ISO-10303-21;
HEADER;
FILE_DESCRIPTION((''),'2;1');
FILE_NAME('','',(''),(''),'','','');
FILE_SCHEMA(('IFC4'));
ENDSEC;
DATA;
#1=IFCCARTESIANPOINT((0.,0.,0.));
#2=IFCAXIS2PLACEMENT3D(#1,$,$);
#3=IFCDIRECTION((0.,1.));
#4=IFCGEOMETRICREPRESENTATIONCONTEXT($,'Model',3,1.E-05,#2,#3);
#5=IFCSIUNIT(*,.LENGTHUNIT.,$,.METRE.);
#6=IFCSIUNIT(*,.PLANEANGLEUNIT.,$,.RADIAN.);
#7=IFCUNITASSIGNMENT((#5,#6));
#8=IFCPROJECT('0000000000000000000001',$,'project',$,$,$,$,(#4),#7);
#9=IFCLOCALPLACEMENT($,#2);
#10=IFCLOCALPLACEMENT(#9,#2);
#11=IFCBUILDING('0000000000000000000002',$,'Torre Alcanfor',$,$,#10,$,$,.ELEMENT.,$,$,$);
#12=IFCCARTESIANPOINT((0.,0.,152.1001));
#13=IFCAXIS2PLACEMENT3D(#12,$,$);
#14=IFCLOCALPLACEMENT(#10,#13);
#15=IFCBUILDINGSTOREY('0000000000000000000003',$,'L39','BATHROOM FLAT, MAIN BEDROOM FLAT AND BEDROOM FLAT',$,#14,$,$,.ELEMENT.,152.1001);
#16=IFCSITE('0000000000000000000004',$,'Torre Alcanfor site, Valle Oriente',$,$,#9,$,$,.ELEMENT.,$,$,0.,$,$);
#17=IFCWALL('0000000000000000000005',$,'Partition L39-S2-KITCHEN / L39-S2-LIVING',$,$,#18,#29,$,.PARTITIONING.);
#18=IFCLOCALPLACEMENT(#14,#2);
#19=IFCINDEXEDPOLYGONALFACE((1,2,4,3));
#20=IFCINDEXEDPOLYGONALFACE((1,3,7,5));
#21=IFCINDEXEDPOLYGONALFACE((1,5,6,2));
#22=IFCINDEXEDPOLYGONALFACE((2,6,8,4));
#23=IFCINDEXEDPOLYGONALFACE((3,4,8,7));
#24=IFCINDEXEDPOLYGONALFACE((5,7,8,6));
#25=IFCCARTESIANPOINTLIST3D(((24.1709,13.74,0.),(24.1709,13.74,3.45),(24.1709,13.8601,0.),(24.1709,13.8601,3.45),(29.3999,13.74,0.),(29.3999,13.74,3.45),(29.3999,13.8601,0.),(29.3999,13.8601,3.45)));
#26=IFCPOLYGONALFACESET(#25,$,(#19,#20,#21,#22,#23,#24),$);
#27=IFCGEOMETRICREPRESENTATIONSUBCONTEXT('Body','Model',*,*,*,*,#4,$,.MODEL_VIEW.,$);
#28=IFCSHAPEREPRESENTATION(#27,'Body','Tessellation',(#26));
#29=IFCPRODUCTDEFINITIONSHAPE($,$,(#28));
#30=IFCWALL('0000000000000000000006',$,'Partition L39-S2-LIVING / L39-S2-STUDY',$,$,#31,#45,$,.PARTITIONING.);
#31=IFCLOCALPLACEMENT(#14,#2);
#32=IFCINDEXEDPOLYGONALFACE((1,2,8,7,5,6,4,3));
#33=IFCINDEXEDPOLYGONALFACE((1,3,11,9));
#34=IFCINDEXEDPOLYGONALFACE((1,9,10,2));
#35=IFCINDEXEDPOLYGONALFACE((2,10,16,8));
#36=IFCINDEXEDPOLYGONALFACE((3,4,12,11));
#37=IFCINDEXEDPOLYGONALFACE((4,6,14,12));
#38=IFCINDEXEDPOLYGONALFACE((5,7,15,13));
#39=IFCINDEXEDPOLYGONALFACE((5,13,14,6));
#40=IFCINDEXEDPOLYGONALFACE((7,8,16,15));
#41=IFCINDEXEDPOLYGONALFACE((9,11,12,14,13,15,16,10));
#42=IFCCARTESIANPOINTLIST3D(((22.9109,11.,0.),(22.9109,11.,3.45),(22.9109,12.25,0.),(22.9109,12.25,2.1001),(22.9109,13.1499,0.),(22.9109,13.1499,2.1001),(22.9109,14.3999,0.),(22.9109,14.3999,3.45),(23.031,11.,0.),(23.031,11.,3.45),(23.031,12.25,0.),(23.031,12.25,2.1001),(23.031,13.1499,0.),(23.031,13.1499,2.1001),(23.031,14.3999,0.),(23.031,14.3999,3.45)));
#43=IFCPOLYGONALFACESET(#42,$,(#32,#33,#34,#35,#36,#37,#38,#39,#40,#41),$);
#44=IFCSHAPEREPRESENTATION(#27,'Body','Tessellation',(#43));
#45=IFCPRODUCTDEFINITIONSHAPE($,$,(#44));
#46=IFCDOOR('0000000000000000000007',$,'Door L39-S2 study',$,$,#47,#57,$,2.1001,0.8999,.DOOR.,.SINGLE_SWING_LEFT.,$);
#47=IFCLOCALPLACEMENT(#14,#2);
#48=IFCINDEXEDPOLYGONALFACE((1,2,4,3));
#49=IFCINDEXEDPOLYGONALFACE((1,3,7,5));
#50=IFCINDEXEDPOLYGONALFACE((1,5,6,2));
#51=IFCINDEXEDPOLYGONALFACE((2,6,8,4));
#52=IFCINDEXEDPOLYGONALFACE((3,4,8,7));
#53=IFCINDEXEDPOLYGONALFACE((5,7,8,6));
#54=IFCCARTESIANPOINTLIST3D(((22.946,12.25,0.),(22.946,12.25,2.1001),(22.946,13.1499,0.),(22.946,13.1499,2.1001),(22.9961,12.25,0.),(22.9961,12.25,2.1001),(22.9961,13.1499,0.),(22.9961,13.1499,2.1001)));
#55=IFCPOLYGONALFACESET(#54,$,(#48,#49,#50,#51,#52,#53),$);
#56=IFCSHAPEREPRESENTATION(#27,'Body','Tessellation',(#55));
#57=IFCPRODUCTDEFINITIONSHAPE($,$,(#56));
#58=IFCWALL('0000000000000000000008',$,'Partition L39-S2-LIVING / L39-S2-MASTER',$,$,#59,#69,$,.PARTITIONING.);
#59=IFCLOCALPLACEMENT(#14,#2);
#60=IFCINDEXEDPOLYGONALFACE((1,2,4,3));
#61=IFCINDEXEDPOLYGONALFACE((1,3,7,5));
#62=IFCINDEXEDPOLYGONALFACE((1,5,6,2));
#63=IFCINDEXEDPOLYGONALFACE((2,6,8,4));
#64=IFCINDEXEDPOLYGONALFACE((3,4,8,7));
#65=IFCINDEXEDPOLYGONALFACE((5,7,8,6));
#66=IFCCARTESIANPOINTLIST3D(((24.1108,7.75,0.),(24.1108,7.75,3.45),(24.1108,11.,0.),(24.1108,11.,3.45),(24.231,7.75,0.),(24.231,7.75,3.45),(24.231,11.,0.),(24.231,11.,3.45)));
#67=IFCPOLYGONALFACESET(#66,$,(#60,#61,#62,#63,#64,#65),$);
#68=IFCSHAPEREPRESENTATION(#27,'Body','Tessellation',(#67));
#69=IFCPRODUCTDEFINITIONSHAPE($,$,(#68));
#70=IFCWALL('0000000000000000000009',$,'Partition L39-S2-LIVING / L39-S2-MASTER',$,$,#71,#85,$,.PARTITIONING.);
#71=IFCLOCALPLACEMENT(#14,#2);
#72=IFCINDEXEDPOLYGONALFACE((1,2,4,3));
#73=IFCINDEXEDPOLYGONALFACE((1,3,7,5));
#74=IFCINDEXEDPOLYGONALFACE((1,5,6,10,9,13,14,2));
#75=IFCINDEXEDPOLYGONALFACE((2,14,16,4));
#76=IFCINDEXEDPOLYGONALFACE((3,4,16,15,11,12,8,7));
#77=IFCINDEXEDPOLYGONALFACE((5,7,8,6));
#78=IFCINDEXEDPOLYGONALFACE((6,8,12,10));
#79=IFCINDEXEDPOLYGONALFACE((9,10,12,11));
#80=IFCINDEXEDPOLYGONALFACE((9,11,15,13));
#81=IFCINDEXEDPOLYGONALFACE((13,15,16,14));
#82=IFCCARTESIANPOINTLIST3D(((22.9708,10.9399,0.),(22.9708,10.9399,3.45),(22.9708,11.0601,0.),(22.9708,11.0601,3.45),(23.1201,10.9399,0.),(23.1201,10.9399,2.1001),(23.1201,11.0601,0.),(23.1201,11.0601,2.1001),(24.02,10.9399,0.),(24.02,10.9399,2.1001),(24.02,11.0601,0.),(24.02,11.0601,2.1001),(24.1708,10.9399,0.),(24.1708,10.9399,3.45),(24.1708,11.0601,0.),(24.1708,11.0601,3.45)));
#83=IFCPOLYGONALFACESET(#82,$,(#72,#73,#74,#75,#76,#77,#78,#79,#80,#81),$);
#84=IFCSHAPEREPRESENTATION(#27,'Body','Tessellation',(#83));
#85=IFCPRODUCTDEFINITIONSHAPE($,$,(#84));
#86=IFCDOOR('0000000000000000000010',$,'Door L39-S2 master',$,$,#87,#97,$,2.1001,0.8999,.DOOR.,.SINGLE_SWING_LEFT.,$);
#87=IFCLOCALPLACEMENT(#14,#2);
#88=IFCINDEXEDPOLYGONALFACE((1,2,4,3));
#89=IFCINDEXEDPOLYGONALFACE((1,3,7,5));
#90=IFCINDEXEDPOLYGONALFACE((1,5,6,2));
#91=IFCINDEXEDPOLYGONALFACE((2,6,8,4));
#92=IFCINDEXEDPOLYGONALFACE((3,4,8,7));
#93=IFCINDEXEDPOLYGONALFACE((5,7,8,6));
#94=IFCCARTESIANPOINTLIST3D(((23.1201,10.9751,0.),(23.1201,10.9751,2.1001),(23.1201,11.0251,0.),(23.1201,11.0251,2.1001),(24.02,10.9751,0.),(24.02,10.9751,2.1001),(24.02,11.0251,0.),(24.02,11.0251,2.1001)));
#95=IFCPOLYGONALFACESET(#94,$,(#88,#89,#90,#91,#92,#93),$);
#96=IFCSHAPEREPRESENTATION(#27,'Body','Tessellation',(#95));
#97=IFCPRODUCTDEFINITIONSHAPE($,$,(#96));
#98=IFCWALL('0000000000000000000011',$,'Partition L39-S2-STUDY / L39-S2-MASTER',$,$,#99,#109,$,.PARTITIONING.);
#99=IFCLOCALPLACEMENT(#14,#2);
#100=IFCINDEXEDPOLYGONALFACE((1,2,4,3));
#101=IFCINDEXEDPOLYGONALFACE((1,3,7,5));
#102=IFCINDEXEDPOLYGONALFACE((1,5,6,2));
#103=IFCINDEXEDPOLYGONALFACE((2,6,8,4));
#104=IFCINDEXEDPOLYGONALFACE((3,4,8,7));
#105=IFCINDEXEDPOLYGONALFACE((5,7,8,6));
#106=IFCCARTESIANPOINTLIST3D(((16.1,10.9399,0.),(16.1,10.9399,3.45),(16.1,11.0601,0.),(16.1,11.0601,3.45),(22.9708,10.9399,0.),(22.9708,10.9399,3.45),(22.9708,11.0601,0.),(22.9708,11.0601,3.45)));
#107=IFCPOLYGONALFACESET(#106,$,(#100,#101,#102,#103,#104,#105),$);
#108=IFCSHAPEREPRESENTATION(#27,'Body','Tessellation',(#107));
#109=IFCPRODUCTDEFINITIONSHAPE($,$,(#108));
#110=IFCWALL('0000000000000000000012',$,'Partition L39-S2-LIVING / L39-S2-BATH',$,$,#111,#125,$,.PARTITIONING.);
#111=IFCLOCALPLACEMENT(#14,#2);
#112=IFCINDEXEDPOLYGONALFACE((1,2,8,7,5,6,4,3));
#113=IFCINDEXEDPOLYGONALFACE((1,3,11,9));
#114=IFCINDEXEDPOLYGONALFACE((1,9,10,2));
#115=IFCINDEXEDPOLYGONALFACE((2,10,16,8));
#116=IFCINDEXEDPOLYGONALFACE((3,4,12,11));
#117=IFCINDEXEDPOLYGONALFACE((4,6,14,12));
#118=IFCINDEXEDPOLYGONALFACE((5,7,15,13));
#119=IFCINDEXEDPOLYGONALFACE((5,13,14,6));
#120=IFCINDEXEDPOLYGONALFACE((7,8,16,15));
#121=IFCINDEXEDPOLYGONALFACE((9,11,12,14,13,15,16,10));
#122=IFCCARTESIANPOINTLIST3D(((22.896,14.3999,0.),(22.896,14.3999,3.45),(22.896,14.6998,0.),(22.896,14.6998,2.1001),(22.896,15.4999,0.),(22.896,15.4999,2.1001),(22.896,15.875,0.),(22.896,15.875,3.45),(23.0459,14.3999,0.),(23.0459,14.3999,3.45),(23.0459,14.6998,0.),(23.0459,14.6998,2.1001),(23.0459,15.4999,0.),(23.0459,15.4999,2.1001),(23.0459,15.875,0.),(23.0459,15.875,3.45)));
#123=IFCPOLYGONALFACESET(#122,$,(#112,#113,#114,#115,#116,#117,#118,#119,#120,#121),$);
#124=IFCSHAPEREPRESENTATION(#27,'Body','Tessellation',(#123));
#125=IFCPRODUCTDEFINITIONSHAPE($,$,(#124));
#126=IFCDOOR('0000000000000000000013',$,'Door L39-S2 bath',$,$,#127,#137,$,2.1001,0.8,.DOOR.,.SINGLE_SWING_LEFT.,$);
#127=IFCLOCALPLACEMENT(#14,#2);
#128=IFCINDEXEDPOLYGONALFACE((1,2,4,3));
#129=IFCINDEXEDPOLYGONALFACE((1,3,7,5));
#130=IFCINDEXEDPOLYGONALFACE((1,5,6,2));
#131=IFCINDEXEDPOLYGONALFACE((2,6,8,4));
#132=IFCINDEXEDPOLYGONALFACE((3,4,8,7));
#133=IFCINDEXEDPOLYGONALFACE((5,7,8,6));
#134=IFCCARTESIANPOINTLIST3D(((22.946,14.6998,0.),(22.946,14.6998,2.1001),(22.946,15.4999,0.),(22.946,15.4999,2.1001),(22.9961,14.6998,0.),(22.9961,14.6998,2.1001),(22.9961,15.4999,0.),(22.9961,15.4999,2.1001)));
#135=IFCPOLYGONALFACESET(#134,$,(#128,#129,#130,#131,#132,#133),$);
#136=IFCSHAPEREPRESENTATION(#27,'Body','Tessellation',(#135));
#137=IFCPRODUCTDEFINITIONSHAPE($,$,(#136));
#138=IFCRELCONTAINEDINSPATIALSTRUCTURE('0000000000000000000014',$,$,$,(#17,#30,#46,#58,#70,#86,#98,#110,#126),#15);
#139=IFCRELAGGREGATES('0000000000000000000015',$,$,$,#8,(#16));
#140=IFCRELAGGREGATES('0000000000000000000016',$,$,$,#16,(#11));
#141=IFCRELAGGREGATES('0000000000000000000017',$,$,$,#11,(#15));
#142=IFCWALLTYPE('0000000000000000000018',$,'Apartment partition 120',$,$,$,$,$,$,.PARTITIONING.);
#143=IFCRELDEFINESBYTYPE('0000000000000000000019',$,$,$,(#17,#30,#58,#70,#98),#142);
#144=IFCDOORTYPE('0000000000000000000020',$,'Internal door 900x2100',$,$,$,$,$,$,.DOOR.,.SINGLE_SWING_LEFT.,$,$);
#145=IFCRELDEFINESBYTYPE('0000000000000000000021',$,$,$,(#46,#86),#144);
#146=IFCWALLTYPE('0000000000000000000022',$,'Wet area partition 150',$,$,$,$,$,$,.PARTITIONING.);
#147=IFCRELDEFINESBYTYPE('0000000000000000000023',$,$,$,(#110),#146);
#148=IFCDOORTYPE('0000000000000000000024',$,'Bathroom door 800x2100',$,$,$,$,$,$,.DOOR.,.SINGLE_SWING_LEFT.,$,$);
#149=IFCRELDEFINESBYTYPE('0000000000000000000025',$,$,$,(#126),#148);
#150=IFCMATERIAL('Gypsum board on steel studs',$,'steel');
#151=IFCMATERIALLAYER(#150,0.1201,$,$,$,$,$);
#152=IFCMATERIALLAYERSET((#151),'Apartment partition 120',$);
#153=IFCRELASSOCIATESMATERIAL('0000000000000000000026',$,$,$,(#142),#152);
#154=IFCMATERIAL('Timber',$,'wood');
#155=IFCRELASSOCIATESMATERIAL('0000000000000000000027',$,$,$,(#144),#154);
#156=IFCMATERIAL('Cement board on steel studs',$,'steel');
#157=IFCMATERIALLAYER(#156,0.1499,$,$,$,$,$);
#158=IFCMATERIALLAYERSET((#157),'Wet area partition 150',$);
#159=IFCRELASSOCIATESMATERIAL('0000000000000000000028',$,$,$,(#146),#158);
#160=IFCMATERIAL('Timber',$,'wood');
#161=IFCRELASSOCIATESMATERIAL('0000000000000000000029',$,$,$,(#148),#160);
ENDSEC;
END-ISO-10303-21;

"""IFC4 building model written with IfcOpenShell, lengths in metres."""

from ifc_helpers import new_model, si_unit, direction, frame, frame_2d, origin, place, context, subcontext, project, spatial, rectangle, extrude, material, layer, layer_set, type_object, element, fill, save


model = new_model("IFC4")

# Units and contexts
model_context = context("Model", 3, precision=1e-05, world=origin(), true_north=direction((0.0, 1.0)))
body_context = subcontext(model_context, "Body", "Model", "MODEL_VIEW")
ifc_project = project(units=[si_unit("LENGTHUNIT", "METRE"), si_unit("PLANEANGLEUNIT", "RADIAN")], contexts=[model_context])

# Site, building, storey
site_placement = place(None, origin())
site = spatial("IfcSite", under=ifc_project, at=site_placement, Name="Torre Alcanfor site, Valle Oriente", CompositionType="ELEMENT", RefElevation=0.0)
building_placement = place(site_placement, origin())
building = spatial("IfcBuilding", under=site, at=building_placement, Name="Torre Alcanfor", CompositionType="ELEMENT")
storey_placement = place(building_placement, frame((0.0, 0.0, 152.1001)))
storey = spatial("IfcBuildingStorey", under=building, at=storey_placement, Name="L39", Description="BATHROOM FLAT, MAIN BEDROOM FLAT AND BEDROOM FLAT", CompositionType="ELEMENT", Elevation=152.1001)

# Shared definitions
ifc_material_1 = material(Name="Gypsum board on steel studs", Category="steel")
ifc_layer_1 = layer(ifc_material_1, 0.1201)
ifc_layer_set_1 = layer_set([ifc_layer_1], Name="Apartment partition 120")
wall_type_1 = type_object("IfcWallType", Name="Apartment partition 120", PredefinedType="PARTITIONING", material=ifc_layer_set_1)
ifc_material_2 = material(Name="Timber", Category="wood")
door_type_1 = type_object("IfcDoorType", Name="Internal door 900x2100", OperationType="SINGLE_SWING_LEFT", PredefinedType="DOOR", material=ifc_material_2)

# Wall
wall_1_placement = place(storey_placement, frame((24.1709, 13.8, 0.0), z_axis=(0.0, 0.0, 1.0), x_axis=(1.0, 0.0, 0.0)))
element("IfcWall", 1, at=wall_1_placement, inside=storey, type_object=wall_type_1, Name="Partition L39-S2-KITCHEN / L39-S2-LIVING", PredefinedType="PARTITIONING", context=body_context, shape_type="SweptSolid", body=[
    extrude(rectangle(XDim=5.229, YDim=0.1201, at=frame_2d((2.6145, 0.0))), origin(), (0.0, 0.0, 1.0), 3.45),
])

# Wall, opening, door
wall_2_placement = place(storey_placement, frame((22.9709, 11.0, 0.0), z_axis=(0.0, 0.0, 1.0), x_axis=(0.0, 1.0, 0.0)))
wall_2 = element("IfcWall", 2, at=wall_2_placement, inside=storey, type_object=wall_type_1, Name="Partition L39-S2-LIVING / L39-S2-STUDY", PredefinedType="PARTITIONING", context=body_context, shape_type="SweptSolid", body=[
    extrude(rectangle(XDim=3.3999, YDim=0.1201, at=frame_2d((1.7, 0.0))), origin(), (0.0, 0.0, 1.0), 3.45),
])
opening_1_placement = place(wall_2_placement, frame((1.25, 0.0, 0.0)))
opening_1 = element("IfcOpeningElement", 3, at=opening_1_placement, cuts=wall_2, PredefinedType="OPENING", context=body_context, shape_type="SweptSolid", body=[
    extrude(rectangle(XDim=0.8999, YDim=2.1001, at=frame_2d((0.45, 1.05))), frame((0.0, 0.0701, 0.0), z_axis=(0.0, -1.0, 0.0), x_axis=(1.0, 0.0, 0.0)), (0.0, 0.0, 1.0), 0.1401),
])
door_1_placement = place(opening_1_placement, origin())
door_1 = element("IfcDoor", 4, at=door_1_placement, inside=storey, type_object=door_type_1, Name="Door L39-S2 study", OperationType="SINGLE_SWING_LEFT", OverallHeight=2.1001, OverallWidth=0.8999, PredefinedType="DOOR", context=body_context, shape_type="SweptSolid", body=[
    extrude(rectangle(XDim=0.8999, YDim=2.1001, at=frame_2d((0.45, 1.05))), frame((0.0, 0.0249, 0.0), z_axis=(0.0, -1.0, 0.0), x_axis=(1.0, 0.0, 0.0)), (0.0, 0.0, 1.0), 0.05),
])
fill(opening_1, door_1)

# Wall
wall_3_placement = place(storey_placement, frame((24.1709, 7.75, 0.0), z_axis=(0.0, 0.0, 1.0), x_axis=(0.0, 1.0, 0.0)))
element("IfcWall", 5, at=wall_3_placement, inside=storey, type_object=wall_type_1, Name="Partition L39-S2-LIVING / L39-S2-MASTER", PredefinedType="PARTITIONING", context=body_context, shape_type="SweptSolid", body=[
    extrude(rectangle(XDim=3.25, YDim=0.1201, at=frame_2d((1.625, 0.0))), origin(), (0.0, 0.0, 1.0), 3.45),
])

# Wall, opening, door
wall_4_placement = place(storey_placement, frame((24.1709, 11.0, 0.0), z_axis=(0.0, 0.0, 1.0), x_axis=(-1.0, 0.0, 0.0)))
wall_4 = element("IfcWall", 6, at=wall_4_placement, inside=storey, type_object=wall_type_1, Name="Partition L39-S2-LIVING / L39-S2-MASTER", PredefinedType="PARTITIONING", context=body_context, shape_type="SweptSolid", body=[
    extrude(rectangle(XDim=1.2, YDim=0.1201, at=frame_2d((0.6001, 0.0))), origin(), (0.0, 0.0, 1.0), 3.45),
])
opening_2_placement = place(wall_4_placement, frame((0.1509, 0.0, 0.0)))
opening_2 = element("IfcOpeningElement", 7, at=opening_2_placement, cuts=wall_4, PredefinedType="OPENING", context=body_context, shape_type="SweptSolid", body=[
    extrude(rectangle(XDim=0.8999, YDim=2.1001, at=frame_2d((0.45, 1.05))), frame((0.0, 0.0701, 0.0), z_axis=(0.0, -1.0, 0.0), x_axis=(1.0, 0.0, 0.0)), (0.0, 0.0, 1.0), 0.1401),
])
door_2_placement = place(opening_2_placement, origin())
door_2 = element("IfcDoor", 8, at=door_2_placement, inside=storey, type_object=door_type_1, Name="Door L39-S2 master", OperationType="SINGLE_SWING_LEFT", OverallHeight=2.1001, OverallWidth=0.8999, PredefinedType="DOOR", context=body_context, shape_type="SweptSolid", body=[
    extrude(rectangle(XDim=0.8999, YDim=2.1001, at=frame_2d((0.45, 1.05))), frame((0.0, 0.0249, 0.0), z_axis=(0.0, -1.0, 0.0), x_axis=(1.0, 0.0, 0.0)), (0.0, 0.0, 1.0), 0.05),
])
fill(opening_2, door_2)

# Wall
wall_5_placement = place(storey_placement, frame((22.9709, 11.0, 0.0), z_axis=(0.0, 0.0, 1.0), x_axis=(-1.0, 0.0, 0.0)))
element("IfcWall", 9, at=wall_5_placement, inside=storey, type_object=wall_type_1, Name="Partition L39-S2-STUDY / L39-S2-MASTER", PredefinedType="PARTITIONING", context=body_context, shape_type="SweptSolid", body=[
    extrude(rectangle(XDim=6.8708, YDim=0.1201, at=frame_2d((3.4355, 0.0))), origin(), (0.0, 0.0, 1.0), 3.45),
])

# Wall, opening, door
ifc_material_3 = material(Name="Cement board on steel studs", Category="steel")
ifc_layer_2 = layer(ifc_material_3, 0.1499)
ifc_layer_set_2 = layer_set([ifc_layer_2], Name="Wet area partition 150")
wall_type_2 = type_object("IfcWallType", Name="Wet area partition 150", PredefinedType="PARTITIONING", material=ifc_layer_set_2)
wall_6_placement = place(storey_placement, frame((22.9709, 14.3999, 0.0), z_axis=(0.0, 0.0, 1.0), x_axis=(0.0, 1.0, 0.0)))
wall_6 = element("IfcWall", 10, at=wall_6_placement, inside=storey, type_object=wall_type_2, Name="Partition L39-S2-LIVING / L39-S2-BATH", PredefinedType="PARTITIONING", context=body_context, shape_type="SweptSolid", body=[
    extrude(rectangle(XDim=1.4751, YDim=0.1499, at=frame_2d((0.7375, 0.0))), origin(), (0.0, 0.0, 1.0), 3.45),
])
opening_3_placement = place(wall_6_placement, frame((0.3, 0.0, 0.0)))
opening_3 = element("IfcOpeningElement", 11, at=opening_3_placement, cuts=wall_6, PredefinedType="OPENING", context=body_context, shape_type="SweptSolid", body=[
    extrude(rectangle(XDim=0.8, YDim=2.1001, at=frame_2d((0.3999, 1.05))), frame((0.0, 0.085, 0.0), z_axis=(0.0, -1.0, 0.0), x_axis=(1.0, 0.0, 0.0)), (0.0, 0.0, 1.0), 0.1699),
])
ifc_material_4 = material(Name="Timber", Category="wood")
door_type_2 = type_object("IfcDoorType", Name="Bathroom door 800x2100", OperationType="SINGLE_SWING_LEFT", PredefinedType="DOOR", material=ifc_material_4)
door_3_placement = place(opening_3_placement, origin())
door_3 = element("IfcDoor", 12, at=door_3_placement, inside=storey, type_object=door_type_2, Name="Door L39-S2 bath", OperationType="SINGLE_SWING_LEFT", OverallHeight=2.1001, OverallWidth=0.8, PredefinedType="DOOR", context=body_context, shape_type="SweptSolid", body=[
    extrude(rectangle(XDim=0.8, YDim=2.1001, at=frame_2d((0.3999, 1.05))), frame((0.0, 0.0249, 0.0), z_axis=(0.0, -1.0, 0.0), x_axis=(1.0, 0.0, 0.0)), (0.0, 0.0, 1.0), 0.05),
])
fill(opening_3, door_3)

save(model, "model.ifc")
